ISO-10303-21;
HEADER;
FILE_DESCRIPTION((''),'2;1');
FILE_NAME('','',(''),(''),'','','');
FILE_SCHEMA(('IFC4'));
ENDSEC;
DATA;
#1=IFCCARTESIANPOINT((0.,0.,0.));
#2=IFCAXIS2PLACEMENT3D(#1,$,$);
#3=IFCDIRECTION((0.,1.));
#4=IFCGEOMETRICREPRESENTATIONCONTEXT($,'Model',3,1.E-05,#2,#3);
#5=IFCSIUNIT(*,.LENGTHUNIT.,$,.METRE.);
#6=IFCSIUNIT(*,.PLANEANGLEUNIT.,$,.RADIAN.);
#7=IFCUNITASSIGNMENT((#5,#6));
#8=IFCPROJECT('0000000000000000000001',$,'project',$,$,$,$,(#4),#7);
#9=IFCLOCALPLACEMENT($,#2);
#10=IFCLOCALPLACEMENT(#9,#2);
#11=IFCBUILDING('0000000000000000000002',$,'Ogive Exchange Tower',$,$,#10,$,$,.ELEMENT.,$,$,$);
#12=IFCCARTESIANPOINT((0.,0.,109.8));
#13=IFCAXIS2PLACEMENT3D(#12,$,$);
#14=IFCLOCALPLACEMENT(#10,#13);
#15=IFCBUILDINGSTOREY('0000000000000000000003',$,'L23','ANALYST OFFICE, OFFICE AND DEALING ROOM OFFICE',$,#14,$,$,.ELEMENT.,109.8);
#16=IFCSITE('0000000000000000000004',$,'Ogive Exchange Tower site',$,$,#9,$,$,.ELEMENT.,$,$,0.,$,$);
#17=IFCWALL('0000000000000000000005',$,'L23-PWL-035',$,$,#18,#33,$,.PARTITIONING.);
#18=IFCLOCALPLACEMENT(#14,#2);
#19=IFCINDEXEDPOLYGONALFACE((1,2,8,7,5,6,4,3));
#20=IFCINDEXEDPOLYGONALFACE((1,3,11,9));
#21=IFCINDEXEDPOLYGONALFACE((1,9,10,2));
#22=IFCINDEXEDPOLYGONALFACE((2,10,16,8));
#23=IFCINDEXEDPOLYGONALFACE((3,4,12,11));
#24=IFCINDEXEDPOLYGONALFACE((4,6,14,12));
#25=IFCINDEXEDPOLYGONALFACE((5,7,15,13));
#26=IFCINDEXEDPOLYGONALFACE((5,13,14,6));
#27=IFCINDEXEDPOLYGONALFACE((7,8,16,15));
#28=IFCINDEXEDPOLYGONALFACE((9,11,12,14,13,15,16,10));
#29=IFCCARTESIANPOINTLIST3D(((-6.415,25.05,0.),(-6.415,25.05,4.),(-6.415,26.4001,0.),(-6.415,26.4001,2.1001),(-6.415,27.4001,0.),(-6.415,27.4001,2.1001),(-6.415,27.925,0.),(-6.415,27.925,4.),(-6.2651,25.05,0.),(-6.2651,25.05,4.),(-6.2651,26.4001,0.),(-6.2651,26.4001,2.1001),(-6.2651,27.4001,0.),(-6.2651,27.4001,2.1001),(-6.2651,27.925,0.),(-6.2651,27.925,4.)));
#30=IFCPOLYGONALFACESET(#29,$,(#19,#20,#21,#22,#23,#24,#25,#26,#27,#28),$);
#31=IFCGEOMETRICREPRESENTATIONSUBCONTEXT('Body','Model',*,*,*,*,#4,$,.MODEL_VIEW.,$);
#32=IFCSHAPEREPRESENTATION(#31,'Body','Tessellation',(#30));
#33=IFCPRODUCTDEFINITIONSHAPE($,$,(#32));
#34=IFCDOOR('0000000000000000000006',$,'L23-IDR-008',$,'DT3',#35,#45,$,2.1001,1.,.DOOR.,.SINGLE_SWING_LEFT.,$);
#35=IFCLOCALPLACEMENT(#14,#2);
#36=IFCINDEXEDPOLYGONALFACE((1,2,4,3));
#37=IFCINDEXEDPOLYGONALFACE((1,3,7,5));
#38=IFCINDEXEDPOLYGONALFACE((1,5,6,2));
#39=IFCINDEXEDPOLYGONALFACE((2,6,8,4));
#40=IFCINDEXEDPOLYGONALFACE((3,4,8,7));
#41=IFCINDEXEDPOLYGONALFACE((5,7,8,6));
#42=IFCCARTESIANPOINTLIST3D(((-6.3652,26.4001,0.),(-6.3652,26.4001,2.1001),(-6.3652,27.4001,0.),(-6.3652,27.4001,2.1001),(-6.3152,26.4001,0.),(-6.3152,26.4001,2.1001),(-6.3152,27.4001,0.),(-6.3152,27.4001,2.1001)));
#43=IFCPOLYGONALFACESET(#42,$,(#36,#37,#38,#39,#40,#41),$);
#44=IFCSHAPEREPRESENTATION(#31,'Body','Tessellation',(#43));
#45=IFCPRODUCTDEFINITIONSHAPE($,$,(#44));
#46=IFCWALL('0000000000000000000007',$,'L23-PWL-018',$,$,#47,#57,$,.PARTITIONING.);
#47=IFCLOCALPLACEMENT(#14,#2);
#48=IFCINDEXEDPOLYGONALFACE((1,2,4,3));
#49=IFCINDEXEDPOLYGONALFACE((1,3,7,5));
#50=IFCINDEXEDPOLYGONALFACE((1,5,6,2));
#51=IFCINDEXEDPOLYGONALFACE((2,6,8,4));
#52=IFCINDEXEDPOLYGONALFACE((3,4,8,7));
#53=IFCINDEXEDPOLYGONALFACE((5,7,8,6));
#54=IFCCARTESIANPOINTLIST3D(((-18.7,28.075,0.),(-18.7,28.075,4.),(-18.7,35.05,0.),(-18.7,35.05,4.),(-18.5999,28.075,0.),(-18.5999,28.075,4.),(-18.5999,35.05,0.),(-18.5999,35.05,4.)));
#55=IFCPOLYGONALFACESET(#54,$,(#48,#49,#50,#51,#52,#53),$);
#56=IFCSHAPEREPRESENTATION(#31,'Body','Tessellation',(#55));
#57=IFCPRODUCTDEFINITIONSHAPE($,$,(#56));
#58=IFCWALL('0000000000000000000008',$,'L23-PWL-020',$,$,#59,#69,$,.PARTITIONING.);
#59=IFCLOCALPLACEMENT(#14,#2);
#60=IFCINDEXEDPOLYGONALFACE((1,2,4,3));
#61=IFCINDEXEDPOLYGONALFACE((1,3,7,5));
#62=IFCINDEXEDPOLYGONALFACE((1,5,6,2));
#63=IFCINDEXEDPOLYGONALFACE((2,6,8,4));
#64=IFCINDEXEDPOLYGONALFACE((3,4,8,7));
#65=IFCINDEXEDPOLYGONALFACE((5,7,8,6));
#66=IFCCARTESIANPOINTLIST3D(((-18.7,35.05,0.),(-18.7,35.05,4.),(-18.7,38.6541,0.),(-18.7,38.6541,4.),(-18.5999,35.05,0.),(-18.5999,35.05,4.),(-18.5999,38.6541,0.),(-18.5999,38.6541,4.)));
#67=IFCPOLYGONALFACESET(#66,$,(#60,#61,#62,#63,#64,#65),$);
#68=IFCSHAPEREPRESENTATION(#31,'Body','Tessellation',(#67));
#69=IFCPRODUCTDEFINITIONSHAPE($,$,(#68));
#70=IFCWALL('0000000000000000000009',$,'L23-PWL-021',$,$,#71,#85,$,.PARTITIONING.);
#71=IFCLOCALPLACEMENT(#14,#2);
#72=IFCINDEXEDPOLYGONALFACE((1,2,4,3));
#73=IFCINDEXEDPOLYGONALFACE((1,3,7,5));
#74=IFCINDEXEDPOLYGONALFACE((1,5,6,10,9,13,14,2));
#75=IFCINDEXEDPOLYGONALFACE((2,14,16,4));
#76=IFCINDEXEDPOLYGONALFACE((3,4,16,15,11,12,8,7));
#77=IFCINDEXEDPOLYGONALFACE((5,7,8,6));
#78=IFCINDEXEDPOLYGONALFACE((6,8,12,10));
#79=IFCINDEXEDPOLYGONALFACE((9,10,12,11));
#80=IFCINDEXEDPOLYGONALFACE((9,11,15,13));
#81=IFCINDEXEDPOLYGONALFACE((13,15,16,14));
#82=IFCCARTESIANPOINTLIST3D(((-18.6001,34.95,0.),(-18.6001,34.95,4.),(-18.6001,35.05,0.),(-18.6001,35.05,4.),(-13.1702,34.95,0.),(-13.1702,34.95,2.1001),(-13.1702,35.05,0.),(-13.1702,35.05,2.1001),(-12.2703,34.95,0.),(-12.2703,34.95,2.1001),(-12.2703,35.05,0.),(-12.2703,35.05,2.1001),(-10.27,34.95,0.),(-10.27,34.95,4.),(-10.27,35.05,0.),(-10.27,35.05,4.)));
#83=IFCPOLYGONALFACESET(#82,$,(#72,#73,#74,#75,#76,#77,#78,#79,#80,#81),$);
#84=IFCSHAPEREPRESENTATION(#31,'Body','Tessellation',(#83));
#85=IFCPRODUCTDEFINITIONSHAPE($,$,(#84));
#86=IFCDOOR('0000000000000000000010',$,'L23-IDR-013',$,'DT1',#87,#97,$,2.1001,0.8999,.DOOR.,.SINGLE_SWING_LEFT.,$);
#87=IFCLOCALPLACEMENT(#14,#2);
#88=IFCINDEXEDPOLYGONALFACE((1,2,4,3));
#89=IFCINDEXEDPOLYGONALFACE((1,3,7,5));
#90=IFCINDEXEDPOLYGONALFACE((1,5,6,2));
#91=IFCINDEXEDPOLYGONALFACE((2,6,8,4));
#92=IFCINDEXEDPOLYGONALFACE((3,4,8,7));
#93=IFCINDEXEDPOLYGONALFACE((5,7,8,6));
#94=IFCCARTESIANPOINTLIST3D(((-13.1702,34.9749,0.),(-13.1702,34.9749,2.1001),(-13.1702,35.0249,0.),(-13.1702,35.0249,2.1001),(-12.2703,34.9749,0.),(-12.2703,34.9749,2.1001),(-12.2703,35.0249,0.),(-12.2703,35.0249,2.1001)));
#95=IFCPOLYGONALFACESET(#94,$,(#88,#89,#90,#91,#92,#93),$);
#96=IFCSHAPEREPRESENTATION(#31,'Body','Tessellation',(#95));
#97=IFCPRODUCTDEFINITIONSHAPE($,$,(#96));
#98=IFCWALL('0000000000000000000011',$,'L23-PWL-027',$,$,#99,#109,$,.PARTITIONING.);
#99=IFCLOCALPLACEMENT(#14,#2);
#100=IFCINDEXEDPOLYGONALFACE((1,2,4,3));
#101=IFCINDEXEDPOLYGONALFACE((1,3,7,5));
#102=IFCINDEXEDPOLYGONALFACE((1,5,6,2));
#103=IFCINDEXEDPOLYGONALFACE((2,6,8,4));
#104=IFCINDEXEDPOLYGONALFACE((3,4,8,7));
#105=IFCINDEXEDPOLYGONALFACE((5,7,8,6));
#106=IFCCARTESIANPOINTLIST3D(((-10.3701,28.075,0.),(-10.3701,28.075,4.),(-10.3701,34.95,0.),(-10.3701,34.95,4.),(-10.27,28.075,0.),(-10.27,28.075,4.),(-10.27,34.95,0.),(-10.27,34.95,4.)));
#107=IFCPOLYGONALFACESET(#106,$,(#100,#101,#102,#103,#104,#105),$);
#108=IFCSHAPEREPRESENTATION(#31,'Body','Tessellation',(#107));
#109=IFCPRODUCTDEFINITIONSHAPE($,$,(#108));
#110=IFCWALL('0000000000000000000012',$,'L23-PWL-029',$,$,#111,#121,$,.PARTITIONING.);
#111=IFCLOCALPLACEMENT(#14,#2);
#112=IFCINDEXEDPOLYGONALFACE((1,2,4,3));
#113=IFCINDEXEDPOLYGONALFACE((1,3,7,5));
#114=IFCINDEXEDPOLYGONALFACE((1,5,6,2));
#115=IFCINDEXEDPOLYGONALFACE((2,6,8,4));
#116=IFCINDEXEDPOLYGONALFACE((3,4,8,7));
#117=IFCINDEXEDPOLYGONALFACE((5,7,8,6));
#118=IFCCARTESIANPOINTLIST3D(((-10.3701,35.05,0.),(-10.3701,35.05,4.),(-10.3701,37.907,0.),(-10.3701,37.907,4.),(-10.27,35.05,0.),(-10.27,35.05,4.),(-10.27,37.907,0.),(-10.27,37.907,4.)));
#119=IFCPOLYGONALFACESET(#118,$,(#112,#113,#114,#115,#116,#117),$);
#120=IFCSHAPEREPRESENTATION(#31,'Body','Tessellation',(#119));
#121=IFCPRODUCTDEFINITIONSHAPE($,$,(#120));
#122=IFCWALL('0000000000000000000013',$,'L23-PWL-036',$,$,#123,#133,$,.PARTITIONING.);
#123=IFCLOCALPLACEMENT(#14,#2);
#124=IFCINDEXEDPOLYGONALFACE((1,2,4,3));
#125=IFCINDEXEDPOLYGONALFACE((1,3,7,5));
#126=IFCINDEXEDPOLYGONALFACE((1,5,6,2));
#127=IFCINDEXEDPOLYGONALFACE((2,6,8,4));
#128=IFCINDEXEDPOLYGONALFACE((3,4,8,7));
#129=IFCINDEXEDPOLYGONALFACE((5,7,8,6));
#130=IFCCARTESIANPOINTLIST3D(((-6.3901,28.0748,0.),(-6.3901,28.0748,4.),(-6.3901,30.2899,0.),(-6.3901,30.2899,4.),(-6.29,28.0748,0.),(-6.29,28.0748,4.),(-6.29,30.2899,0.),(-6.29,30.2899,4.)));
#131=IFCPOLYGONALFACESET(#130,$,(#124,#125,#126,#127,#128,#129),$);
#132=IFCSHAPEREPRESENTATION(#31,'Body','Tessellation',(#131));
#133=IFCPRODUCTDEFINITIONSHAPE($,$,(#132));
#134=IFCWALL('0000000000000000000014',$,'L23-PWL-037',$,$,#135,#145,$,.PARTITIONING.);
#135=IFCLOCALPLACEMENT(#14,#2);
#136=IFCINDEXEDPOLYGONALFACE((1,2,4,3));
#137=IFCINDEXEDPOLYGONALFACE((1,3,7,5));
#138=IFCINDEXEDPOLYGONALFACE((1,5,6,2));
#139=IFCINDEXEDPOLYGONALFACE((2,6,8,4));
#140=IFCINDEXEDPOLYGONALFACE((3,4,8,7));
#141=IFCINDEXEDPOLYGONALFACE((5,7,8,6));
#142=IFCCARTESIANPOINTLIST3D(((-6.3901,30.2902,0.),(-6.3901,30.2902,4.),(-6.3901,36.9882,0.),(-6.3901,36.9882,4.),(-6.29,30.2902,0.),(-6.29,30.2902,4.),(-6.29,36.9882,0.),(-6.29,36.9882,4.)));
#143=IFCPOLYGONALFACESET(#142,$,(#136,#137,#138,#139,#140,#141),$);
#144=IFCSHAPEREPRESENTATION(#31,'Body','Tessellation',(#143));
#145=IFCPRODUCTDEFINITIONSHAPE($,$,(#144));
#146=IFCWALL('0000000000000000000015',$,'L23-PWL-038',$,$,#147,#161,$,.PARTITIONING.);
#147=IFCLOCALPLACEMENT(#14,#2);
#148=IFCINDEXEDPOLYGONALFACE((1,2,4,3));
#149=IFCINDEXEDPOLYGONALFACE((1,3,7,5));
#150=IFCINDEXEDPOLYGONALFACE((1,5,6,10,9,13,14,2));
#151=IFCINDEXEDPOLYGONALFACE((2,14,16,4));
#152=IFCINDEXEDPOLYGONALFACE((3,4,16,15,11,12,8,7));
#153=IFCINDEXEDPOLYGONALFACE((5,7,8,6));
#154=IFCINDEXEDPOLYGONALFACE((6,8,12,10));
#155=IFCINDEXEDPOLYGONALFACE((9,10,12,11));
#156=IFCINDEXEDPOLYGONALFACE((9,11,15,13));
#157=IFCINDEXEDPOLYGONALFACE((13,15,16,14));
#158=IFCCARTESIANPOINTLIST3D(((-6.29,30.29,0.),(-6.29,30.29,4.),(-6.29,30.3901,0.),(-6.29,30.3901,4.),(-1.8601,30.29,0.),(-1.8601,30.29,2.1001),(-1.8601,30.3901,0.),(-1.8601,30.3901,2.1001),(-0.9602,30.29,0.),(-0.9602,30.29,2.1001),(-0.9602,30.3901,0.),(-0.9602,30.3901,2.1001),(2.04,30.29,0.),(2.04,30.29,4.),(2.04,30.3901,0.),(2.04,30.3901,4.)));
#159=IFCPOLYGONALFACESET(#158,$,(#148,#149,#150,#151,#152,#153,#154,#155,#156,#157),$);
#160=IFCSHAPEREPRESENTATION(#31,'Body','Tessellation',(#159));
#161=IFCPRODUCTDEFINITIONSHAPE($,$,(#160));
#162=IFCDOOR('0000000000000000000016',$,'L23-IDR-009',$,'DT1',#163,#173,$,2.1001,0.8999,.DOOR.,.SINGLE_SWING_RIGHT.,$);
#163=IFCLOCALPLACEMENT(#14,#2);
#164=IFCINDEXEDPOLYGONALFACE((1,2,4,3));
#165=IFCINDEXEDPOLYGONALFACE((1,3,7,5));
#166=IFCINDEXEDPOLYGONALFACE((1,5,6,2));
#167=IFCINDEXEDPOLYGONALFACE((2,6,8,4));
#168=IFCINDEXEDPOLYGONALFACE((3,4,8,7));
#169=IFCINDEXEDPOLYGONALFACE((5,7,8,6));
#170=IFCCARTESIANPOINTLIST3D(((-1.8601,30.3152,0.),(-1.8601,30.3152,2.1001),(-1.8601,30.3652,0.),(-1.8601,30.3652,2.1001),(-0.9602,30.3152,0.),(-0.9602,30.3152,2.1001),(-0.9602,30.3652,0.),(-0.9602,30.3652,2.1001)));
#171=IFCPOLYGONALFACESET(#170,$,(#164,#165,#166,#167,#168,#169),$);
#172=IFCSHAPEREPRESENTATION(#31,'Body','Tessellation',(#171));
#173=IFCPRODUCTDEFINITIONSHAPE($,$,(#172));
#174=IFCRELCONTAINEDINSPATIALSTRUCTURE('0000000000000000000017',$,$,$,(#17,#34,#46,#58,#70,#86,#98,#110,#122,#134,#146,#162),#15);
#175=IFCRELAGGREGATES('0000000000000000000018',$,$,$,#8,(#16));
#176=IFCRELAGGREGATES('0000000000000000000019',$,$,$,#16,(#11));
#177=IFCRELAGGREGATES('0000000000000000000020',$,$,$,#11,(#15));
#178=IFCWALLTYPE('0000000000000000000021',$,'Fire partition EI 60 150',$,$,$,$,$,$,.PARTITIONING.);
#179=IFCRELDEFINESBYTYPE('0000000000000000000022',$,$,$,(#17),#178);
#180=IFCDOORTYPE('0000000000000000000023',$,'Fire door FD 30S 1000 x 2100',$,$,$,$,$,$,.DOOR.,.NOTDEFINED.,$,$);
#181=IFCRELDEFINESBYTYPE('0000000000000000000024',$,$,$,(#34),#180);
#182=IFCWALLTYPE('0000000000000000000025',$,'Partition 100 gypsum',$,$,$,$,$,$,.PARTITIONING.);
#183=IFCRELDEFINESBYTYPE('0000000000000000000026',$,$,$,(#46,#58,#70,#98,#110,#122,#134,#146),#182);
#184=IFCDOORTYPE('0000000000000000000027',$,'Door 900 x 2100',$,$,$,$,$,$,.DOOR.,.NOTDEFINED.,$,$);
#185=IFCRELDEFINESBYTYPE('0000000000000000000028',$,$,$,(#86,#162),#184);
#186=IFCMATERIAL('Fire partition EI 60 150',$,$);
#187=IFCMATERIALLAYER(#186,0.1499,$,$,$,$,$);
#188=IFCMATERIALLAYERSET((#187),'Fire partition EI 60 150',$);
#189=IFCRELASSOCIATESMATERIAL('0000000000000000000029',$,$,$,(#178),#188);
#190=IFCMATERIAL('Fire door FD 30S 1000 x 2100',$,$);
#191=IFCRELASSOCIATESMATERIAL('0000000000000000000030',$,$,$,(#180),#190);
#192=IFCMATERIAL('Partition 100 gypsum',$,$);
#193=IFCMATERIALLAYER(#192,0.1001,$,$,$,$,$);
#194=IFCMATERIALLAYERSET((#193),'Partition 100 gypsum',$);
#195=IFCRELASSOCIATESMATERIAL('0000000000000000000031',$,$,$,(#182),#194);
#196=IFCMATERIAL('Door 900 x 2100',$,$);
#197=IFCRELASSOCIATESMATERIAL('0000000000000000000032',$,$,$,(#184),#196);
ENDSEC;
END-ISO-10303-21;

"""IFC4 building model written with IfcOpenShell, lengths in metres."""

from ifc_helpers import new_model, si_unit, direction, frame, frame_2d, origin, place, context, subcontext, project, spatial, rectangle, extrude, material, layer, layer_set, type_object, element, fill, save


model = new_model("IFC4")

# Units and contexts
model_context = context("Model", 3, precision=1e-05, world=origin(), true_north=direction((0.0, 1.0)))
body_context = subcontext(model_context, "Body", "Model", "MODEL_VIEW")
ifc_project = project(units=[si_unit("LENGTHUNIT", "METRE"), si_unit("PLANEANGLEUNIT", "RADIAN")], contexts=[model_context])

# Site, building, storey
site_placement = place(None, origin())
site = spatial("IfcSite", under=ifc_project, at=site_placement, Name="Ogive Exchange Tower site", CompositionType="ELEMENT", RefElevation=0.0)
building_placement = place(site_placement, origin())
building = spatial("IfcBuilding", under=site, at=building_placement, Name="Ogive Exchange Tower", CompositionType="ELEMENT")
storey_placement = place(building_placement, frame((0.0, 0.0, 109.8)))
storey = spatial("IfcBuildingStorey", under=building, at=storey_placement, Name="L23", Description="ANALYST OFFICE, OFFICE AND DEALING ROOM OFFICE", CompositionType="ELEMENT", Elevation=109.8)

# Wall, opening, door
ifc_material_1 = material(Name="Fire partition EI 60 150")
ifc_layer_1 = layer(ifc_material_1, 0.1499)
ifc_layer_set_1 = layer_set([ifc_layer_1], Name="Fire partition EI 60 150")
wall_type_1 = type_object("IfcWallType", Name="Fire partition EI 60 150", PredefinedType="PARTITIONING", material=ifc_layer_set_1)
ifc_material_2 = material(Name="Fire door FD 30S 1000 x 2100")
door_type_1 = type_object("IfcDoorType", Name="Fire door FD 30S 1000 x 2100", OperationType="NOTDEFINED", PredefinedType="DOOR", material=ifc_material_2)
wall_1_placement = place(storey_placement, frame((-6.3401, 27.925, 0.0), z_axis=(0.0, 0.0, 1.0), x_axis=(0.0, -1.0, 0.0)))
wall_1 = element("IfcWall", 1, at=wall_1_placement, inside=storey, type_object=wall_type_1, Name="L23-PWL-035", PredefinedType="PARTITIONING", context=body_context, shape_type="SweptSolid", body=[
    extrude(rectangle(XDim=2.875, YDim=0.1499, at=frame_2d((1.4375, 0.0))), origin(), (0.0, 0.0, 1.0), 4.0),
])
opening_1_placement = place(wall_1_placement, frame((0.5249, 0.0, 0.0)))
opening_1 = element("IfcOpeningElement", 2, at=opening_1_placement, cuts=wall_1, PredefinedType="OPENING", context=body_context, shape_type="SweptSolid", body=[
    extrude(rectangle(XDim=1.0, YDim=2.1001, at=frame_2d((0.5, 1.05))), frame((0.0, 0.085, 0.0), z_axis=(0.0, -1.0, 0.0), x_axis=(1.0, 0.0, 0.0)), (0.0, 0.0, 1.0), 0.1699),
])
door_1_placement = place(opening_1_placement, origin())
door_1 = element("IfcDoor", 3, at=door_1_placement, inside=storey, type_object=door_type_1, Name="L23-IDR-008", ObjectType="DT3", OperationType="SINGLE_SWING_LEFT", OverallHeight=2.1001, OverallWidth=1.0, PredefinedType="DOOR", context=body_context, shape_type="SweptSolid", body=[
    extrude(rectangle(XDim=1.0, YDim=2.1001, at=frame_2d((0.5, 1.05))), frame((0.0, 0.0249, 0.0), z_axis=(0.0, -1.0, 0.0), x_axis=(1.0, 0.0, 0.0)), (0.0, 0.0, 1.0), 0.05),
])
fill(opening_1, door_1)

# Walls
ifc_material_3 = material(Name="Partition 100 gypsum")
ifc_layer_2 = layer(ifc_material_3, 0.1001)
ifc_layer_set_2 = layer_set([ifc_layer_2], Name="Partition 100 gypsum")
wall_type_2 = type_object("IfcWallType", Name="Partition 100 gypsum", PredefinedType="PARTITIONING", material=ifc_layer_set_2)
wall_2_placement = place(storey_placement, frame((-18.6499, 28.075, 0.0), z_axis=(0.0, 0.0, 1.0), x_axis=(0.0, 1.0, 0.0)))
element("IfcWall", 4, at=wall_2_placement, inside=storey, type_object=wall_type_2, Name="L23-PWL-018", PredefinedType="PARTITIONING", context=body_context, shape_type="SweptSolid", body=[
    extrude(rectangle(XDim=6.9751, YDim=0.1001, at=frame_2d((3.4875, 0.0))), origin(), (0.0, 0.0, 1.0), 4.0),
])
wall_3_placement = place(storey_placement, frame((-18.6499, 35.05, 0.0), z_axis=(0.0, 0.0, 1.0), x_axis=(0.0, 1.0, 0.0)))
element("IfcWall", 5, at=wall_3_placement, inside=storey, type_object=wall_type_2, Name="L23-PWL-020", PredefinedType="PARTITIONING", context=body_context, shape_type="SweptSolid", body=[
    extrude(rectangle(XDim=3.604, YDim=0.1001, at=frame_2d((1.802, 0.0))), origin(), (0.0, 0.0, 1.0), 4.0),
])

# Wall, opening, door
wall_4_placement = place(storey_placement, frame((-18.6001, 35.0, 0.0), z_axis=(0.0, 0.0, 1.0), x_axis=(1.0, 0.0, 0.0)))
wall_4 = element("IfcWall", 6, at=wall_4_placement, inside=storey, type_object=wall_type_2, Name="L23-PWL-021", PredefinedType="PARTITIONING", context=body_context, shape_type="SweptSolid", body=[
    extrude(rectangle(XDim=8.3301, YDim=0.1001, at=frame_2d((4.165, 0.0))), origin(), (0.0, 0.0, 1.0), 4.0),
])
opening_2_placement = place(wall_4_placement, frame((5.4299, 0.0, 0.0)))
opening_2 = element("IfcOpeningElement", 7, at=opening_2_placement, cuts=wall_4, PredefinedType="OPENING", context=body_context, shape_type="SweptSolid", body=[
    extrude(rectangle(XDim=0.8999, YDim=2.1001, at=frame_2d((0.45, 1.05))), frame((0.0, 0.0601, 0.0), z_axis=(0.0, -1.0, 0.0), x_axis=(1.0, 0.0, 0.0)), (0.0, 0.0, 1.0), 0.1201),
])
ifc_material_4 = material(Name="Door 900 x 2100")
door_type_2 = type_object("IfcDoorType", Name="Door 900 x 2100", OperationType="NOTDEFINED", PredefinedType="DOOR", material=ifc_material_4)
door_2_placement = place(opening_2_placement, origin())
door_2 = element("IfcDoor", 8, at=door_2_placement, inside=storey, type_object=door_type_2, Name="L23-IDR-013", ObjectType="DT1", OperationType="SINGLE_SWING_LEFT", OverallHeight=2.1001, OverallWidth=0.8999, PredefinedType="DOOR", context=body_context, shape_type="SweptSolid", body=[
    extrude(rectangle(XDim=0.8999, YDim=2.1001, at=frame_2d((0.45, 1.05))), frame((0.0, 0.0249, 0.0), z_axis=(0.0, -1.0, 0.0), x_axis=(1.0, 0.0, 0.0)), (0.0, 0.0, 1.0), 0.05),
])
fill(opening_2, door_2)

# Walls
wall_5_placement = place(storey_placement, frame((-10.3201, 28.075, 0.0), z_axis=(0.0, 0.0, 1.0), x_axis=(0.0, 1.0, 0.0)))
element("IfcWall", 9, at=wall_5_placement, inside=storey, type_object=wall_type_2, Name="L23-PWL-027", PredefinedType="PARTITIONING", context=body_context, shape_type="SweptSolid", body=[
    extrude(rectangle(XDim=6.875, YDim=0.1001, at=frame_2d((3.4375, 0.0))), origin(), (0.0, 0.0, 1.0), 4.0),
])
wall_6_placement = place(storey_placement, frame((-10.3201, 35.05, 0.0), z_axis=(0.0, 0.0, 1.0), x_axis=(0.0, 1.0, 0.0)))
element("IfcWall", 10, at=wall_6_placement, inside=storey, type_object=wall_type_2, Name="L23-PWL-029", PredefinedType="PARTITIONING", context=body_context, shape_type="SweptSolid", body=[
    extrude(rectangle(XDim=2.8569, YDim=0.1001, at=frame_2d((1.4285, 0.0))), origin(), (0.0, 0.0, 1.0), 4.0),
])
wall_7_placement = place(storey_placement, frame((-6.3401, 28.075, 0.0), z_axis=(0.0, 0.0, 1.0), x_axis=(0.0, 1.0, 0.0)))
element("IfcWall", 11, at=wall_7_placement, inside=storey, type_object=wall_type_2, Name="L23-PWL-036", PredefinedType="PARTITIONING", context=body_context, shape_type="SweptSolid", body=[
    extrude(rectangle(XDim=2.2151, YDim=0.1001, at=frame_2d((1.1074, 0.0))), origin(), (0.0, 0.0, 1.0), 4.0),
])
wall_8_placement = place(storey_placement, frame((-6.3401, 30.29, 0.0), z_axis=(0.0, 0.0, 1.0), x_axis=(0.0, 1.0, 0.0)))
element("IfcWall", 12, at=wall_8_placement, inside=storey, type_object=wall_type_2, Name="L23-PWL-037", PredefinedType="PARTITIONING", context=body_context, shape_type="SweptSolid", body=[
    extrude(rectangle(XDim=6.698, YDim=0.1001, at=frame_2d((3.3491, 0.0))), origin(), (0.0, 0.0, 1.0), 4.0),
])

# Wall, opening, door
wall_9_placement = place(storey_placement, frame((-6.29, 30.3401, 0.0), z_axis=(0.0, 0.0, 1.0), x_axis=(1.0, 0.0, 0.0)))
wall_9 = element("IfcWall", 13, at=wall_9_placement, inside=storey, type_object=wall_type_2, Name="L23-PWL-038", PredefinedType="PARTITIONING", context=body_context, shape_type="SweptSolid", body=[
    extrude(rectangle(XDim=8.3301, YDim=0.1001, at=frame_2d((4.165, 0.0))), origin(), (0.0, 0.0, 1.0), 4.0),
])
opening_3_placement = place(wall_9_placement, frame((4.4299, 0.0, 0.0)))
opening_3 = element("IfcOpeningElement", 14, at=opening_3_placement, cuts=wall_9, PredefinedType="OPENING", context=body_context, shape_type="SweptSolid", body=[
    extrude(rectangle(XDim=0.8999, YDim=2.1001, at=frame_2d((0.45, 1.05))), frame((0.0, 0.0601, 0.0), z_axis=(0.0, -1.0, 0.0), x_axis=(1.0, 0.0, 0.0)), (0.0, 0.0, 1.0), 0.1201),
])
door_3_placement = place(opening_3_placement, frame((0.8999, 0.0, 0.0), z_axis=(0.0, 0.0, 1.0), x_axis=(-1.0, 0.0, 0.0)))
door_3 = element("IfcDoor", 15, at=door_3_placement, inside=storey, type_object=door_type_2, Name="L23-IDR-009", ObjectType="DT1", OperationType="SINGLE_SWING_RIGHT", OverallHeight=2.1001, OverallWidth=0.8999, PredefinedType="DOOR", context=body_context, shape_type="SweptSolid", body=[
    extrude(rectangle(XDim=0.8999, YDim=2.1001, at=frame_2d((0.45, 1.05))), frame((0.0, 0.0249, 0.0), z_axis=(0.0, -1.0, 0.0), x_axis=(1.0, 0.0, 0.0)), (0.0, 0.0, 1.0), 0.05),
])
fill(opening_3, door_3)

save(model, "model.ifc")
